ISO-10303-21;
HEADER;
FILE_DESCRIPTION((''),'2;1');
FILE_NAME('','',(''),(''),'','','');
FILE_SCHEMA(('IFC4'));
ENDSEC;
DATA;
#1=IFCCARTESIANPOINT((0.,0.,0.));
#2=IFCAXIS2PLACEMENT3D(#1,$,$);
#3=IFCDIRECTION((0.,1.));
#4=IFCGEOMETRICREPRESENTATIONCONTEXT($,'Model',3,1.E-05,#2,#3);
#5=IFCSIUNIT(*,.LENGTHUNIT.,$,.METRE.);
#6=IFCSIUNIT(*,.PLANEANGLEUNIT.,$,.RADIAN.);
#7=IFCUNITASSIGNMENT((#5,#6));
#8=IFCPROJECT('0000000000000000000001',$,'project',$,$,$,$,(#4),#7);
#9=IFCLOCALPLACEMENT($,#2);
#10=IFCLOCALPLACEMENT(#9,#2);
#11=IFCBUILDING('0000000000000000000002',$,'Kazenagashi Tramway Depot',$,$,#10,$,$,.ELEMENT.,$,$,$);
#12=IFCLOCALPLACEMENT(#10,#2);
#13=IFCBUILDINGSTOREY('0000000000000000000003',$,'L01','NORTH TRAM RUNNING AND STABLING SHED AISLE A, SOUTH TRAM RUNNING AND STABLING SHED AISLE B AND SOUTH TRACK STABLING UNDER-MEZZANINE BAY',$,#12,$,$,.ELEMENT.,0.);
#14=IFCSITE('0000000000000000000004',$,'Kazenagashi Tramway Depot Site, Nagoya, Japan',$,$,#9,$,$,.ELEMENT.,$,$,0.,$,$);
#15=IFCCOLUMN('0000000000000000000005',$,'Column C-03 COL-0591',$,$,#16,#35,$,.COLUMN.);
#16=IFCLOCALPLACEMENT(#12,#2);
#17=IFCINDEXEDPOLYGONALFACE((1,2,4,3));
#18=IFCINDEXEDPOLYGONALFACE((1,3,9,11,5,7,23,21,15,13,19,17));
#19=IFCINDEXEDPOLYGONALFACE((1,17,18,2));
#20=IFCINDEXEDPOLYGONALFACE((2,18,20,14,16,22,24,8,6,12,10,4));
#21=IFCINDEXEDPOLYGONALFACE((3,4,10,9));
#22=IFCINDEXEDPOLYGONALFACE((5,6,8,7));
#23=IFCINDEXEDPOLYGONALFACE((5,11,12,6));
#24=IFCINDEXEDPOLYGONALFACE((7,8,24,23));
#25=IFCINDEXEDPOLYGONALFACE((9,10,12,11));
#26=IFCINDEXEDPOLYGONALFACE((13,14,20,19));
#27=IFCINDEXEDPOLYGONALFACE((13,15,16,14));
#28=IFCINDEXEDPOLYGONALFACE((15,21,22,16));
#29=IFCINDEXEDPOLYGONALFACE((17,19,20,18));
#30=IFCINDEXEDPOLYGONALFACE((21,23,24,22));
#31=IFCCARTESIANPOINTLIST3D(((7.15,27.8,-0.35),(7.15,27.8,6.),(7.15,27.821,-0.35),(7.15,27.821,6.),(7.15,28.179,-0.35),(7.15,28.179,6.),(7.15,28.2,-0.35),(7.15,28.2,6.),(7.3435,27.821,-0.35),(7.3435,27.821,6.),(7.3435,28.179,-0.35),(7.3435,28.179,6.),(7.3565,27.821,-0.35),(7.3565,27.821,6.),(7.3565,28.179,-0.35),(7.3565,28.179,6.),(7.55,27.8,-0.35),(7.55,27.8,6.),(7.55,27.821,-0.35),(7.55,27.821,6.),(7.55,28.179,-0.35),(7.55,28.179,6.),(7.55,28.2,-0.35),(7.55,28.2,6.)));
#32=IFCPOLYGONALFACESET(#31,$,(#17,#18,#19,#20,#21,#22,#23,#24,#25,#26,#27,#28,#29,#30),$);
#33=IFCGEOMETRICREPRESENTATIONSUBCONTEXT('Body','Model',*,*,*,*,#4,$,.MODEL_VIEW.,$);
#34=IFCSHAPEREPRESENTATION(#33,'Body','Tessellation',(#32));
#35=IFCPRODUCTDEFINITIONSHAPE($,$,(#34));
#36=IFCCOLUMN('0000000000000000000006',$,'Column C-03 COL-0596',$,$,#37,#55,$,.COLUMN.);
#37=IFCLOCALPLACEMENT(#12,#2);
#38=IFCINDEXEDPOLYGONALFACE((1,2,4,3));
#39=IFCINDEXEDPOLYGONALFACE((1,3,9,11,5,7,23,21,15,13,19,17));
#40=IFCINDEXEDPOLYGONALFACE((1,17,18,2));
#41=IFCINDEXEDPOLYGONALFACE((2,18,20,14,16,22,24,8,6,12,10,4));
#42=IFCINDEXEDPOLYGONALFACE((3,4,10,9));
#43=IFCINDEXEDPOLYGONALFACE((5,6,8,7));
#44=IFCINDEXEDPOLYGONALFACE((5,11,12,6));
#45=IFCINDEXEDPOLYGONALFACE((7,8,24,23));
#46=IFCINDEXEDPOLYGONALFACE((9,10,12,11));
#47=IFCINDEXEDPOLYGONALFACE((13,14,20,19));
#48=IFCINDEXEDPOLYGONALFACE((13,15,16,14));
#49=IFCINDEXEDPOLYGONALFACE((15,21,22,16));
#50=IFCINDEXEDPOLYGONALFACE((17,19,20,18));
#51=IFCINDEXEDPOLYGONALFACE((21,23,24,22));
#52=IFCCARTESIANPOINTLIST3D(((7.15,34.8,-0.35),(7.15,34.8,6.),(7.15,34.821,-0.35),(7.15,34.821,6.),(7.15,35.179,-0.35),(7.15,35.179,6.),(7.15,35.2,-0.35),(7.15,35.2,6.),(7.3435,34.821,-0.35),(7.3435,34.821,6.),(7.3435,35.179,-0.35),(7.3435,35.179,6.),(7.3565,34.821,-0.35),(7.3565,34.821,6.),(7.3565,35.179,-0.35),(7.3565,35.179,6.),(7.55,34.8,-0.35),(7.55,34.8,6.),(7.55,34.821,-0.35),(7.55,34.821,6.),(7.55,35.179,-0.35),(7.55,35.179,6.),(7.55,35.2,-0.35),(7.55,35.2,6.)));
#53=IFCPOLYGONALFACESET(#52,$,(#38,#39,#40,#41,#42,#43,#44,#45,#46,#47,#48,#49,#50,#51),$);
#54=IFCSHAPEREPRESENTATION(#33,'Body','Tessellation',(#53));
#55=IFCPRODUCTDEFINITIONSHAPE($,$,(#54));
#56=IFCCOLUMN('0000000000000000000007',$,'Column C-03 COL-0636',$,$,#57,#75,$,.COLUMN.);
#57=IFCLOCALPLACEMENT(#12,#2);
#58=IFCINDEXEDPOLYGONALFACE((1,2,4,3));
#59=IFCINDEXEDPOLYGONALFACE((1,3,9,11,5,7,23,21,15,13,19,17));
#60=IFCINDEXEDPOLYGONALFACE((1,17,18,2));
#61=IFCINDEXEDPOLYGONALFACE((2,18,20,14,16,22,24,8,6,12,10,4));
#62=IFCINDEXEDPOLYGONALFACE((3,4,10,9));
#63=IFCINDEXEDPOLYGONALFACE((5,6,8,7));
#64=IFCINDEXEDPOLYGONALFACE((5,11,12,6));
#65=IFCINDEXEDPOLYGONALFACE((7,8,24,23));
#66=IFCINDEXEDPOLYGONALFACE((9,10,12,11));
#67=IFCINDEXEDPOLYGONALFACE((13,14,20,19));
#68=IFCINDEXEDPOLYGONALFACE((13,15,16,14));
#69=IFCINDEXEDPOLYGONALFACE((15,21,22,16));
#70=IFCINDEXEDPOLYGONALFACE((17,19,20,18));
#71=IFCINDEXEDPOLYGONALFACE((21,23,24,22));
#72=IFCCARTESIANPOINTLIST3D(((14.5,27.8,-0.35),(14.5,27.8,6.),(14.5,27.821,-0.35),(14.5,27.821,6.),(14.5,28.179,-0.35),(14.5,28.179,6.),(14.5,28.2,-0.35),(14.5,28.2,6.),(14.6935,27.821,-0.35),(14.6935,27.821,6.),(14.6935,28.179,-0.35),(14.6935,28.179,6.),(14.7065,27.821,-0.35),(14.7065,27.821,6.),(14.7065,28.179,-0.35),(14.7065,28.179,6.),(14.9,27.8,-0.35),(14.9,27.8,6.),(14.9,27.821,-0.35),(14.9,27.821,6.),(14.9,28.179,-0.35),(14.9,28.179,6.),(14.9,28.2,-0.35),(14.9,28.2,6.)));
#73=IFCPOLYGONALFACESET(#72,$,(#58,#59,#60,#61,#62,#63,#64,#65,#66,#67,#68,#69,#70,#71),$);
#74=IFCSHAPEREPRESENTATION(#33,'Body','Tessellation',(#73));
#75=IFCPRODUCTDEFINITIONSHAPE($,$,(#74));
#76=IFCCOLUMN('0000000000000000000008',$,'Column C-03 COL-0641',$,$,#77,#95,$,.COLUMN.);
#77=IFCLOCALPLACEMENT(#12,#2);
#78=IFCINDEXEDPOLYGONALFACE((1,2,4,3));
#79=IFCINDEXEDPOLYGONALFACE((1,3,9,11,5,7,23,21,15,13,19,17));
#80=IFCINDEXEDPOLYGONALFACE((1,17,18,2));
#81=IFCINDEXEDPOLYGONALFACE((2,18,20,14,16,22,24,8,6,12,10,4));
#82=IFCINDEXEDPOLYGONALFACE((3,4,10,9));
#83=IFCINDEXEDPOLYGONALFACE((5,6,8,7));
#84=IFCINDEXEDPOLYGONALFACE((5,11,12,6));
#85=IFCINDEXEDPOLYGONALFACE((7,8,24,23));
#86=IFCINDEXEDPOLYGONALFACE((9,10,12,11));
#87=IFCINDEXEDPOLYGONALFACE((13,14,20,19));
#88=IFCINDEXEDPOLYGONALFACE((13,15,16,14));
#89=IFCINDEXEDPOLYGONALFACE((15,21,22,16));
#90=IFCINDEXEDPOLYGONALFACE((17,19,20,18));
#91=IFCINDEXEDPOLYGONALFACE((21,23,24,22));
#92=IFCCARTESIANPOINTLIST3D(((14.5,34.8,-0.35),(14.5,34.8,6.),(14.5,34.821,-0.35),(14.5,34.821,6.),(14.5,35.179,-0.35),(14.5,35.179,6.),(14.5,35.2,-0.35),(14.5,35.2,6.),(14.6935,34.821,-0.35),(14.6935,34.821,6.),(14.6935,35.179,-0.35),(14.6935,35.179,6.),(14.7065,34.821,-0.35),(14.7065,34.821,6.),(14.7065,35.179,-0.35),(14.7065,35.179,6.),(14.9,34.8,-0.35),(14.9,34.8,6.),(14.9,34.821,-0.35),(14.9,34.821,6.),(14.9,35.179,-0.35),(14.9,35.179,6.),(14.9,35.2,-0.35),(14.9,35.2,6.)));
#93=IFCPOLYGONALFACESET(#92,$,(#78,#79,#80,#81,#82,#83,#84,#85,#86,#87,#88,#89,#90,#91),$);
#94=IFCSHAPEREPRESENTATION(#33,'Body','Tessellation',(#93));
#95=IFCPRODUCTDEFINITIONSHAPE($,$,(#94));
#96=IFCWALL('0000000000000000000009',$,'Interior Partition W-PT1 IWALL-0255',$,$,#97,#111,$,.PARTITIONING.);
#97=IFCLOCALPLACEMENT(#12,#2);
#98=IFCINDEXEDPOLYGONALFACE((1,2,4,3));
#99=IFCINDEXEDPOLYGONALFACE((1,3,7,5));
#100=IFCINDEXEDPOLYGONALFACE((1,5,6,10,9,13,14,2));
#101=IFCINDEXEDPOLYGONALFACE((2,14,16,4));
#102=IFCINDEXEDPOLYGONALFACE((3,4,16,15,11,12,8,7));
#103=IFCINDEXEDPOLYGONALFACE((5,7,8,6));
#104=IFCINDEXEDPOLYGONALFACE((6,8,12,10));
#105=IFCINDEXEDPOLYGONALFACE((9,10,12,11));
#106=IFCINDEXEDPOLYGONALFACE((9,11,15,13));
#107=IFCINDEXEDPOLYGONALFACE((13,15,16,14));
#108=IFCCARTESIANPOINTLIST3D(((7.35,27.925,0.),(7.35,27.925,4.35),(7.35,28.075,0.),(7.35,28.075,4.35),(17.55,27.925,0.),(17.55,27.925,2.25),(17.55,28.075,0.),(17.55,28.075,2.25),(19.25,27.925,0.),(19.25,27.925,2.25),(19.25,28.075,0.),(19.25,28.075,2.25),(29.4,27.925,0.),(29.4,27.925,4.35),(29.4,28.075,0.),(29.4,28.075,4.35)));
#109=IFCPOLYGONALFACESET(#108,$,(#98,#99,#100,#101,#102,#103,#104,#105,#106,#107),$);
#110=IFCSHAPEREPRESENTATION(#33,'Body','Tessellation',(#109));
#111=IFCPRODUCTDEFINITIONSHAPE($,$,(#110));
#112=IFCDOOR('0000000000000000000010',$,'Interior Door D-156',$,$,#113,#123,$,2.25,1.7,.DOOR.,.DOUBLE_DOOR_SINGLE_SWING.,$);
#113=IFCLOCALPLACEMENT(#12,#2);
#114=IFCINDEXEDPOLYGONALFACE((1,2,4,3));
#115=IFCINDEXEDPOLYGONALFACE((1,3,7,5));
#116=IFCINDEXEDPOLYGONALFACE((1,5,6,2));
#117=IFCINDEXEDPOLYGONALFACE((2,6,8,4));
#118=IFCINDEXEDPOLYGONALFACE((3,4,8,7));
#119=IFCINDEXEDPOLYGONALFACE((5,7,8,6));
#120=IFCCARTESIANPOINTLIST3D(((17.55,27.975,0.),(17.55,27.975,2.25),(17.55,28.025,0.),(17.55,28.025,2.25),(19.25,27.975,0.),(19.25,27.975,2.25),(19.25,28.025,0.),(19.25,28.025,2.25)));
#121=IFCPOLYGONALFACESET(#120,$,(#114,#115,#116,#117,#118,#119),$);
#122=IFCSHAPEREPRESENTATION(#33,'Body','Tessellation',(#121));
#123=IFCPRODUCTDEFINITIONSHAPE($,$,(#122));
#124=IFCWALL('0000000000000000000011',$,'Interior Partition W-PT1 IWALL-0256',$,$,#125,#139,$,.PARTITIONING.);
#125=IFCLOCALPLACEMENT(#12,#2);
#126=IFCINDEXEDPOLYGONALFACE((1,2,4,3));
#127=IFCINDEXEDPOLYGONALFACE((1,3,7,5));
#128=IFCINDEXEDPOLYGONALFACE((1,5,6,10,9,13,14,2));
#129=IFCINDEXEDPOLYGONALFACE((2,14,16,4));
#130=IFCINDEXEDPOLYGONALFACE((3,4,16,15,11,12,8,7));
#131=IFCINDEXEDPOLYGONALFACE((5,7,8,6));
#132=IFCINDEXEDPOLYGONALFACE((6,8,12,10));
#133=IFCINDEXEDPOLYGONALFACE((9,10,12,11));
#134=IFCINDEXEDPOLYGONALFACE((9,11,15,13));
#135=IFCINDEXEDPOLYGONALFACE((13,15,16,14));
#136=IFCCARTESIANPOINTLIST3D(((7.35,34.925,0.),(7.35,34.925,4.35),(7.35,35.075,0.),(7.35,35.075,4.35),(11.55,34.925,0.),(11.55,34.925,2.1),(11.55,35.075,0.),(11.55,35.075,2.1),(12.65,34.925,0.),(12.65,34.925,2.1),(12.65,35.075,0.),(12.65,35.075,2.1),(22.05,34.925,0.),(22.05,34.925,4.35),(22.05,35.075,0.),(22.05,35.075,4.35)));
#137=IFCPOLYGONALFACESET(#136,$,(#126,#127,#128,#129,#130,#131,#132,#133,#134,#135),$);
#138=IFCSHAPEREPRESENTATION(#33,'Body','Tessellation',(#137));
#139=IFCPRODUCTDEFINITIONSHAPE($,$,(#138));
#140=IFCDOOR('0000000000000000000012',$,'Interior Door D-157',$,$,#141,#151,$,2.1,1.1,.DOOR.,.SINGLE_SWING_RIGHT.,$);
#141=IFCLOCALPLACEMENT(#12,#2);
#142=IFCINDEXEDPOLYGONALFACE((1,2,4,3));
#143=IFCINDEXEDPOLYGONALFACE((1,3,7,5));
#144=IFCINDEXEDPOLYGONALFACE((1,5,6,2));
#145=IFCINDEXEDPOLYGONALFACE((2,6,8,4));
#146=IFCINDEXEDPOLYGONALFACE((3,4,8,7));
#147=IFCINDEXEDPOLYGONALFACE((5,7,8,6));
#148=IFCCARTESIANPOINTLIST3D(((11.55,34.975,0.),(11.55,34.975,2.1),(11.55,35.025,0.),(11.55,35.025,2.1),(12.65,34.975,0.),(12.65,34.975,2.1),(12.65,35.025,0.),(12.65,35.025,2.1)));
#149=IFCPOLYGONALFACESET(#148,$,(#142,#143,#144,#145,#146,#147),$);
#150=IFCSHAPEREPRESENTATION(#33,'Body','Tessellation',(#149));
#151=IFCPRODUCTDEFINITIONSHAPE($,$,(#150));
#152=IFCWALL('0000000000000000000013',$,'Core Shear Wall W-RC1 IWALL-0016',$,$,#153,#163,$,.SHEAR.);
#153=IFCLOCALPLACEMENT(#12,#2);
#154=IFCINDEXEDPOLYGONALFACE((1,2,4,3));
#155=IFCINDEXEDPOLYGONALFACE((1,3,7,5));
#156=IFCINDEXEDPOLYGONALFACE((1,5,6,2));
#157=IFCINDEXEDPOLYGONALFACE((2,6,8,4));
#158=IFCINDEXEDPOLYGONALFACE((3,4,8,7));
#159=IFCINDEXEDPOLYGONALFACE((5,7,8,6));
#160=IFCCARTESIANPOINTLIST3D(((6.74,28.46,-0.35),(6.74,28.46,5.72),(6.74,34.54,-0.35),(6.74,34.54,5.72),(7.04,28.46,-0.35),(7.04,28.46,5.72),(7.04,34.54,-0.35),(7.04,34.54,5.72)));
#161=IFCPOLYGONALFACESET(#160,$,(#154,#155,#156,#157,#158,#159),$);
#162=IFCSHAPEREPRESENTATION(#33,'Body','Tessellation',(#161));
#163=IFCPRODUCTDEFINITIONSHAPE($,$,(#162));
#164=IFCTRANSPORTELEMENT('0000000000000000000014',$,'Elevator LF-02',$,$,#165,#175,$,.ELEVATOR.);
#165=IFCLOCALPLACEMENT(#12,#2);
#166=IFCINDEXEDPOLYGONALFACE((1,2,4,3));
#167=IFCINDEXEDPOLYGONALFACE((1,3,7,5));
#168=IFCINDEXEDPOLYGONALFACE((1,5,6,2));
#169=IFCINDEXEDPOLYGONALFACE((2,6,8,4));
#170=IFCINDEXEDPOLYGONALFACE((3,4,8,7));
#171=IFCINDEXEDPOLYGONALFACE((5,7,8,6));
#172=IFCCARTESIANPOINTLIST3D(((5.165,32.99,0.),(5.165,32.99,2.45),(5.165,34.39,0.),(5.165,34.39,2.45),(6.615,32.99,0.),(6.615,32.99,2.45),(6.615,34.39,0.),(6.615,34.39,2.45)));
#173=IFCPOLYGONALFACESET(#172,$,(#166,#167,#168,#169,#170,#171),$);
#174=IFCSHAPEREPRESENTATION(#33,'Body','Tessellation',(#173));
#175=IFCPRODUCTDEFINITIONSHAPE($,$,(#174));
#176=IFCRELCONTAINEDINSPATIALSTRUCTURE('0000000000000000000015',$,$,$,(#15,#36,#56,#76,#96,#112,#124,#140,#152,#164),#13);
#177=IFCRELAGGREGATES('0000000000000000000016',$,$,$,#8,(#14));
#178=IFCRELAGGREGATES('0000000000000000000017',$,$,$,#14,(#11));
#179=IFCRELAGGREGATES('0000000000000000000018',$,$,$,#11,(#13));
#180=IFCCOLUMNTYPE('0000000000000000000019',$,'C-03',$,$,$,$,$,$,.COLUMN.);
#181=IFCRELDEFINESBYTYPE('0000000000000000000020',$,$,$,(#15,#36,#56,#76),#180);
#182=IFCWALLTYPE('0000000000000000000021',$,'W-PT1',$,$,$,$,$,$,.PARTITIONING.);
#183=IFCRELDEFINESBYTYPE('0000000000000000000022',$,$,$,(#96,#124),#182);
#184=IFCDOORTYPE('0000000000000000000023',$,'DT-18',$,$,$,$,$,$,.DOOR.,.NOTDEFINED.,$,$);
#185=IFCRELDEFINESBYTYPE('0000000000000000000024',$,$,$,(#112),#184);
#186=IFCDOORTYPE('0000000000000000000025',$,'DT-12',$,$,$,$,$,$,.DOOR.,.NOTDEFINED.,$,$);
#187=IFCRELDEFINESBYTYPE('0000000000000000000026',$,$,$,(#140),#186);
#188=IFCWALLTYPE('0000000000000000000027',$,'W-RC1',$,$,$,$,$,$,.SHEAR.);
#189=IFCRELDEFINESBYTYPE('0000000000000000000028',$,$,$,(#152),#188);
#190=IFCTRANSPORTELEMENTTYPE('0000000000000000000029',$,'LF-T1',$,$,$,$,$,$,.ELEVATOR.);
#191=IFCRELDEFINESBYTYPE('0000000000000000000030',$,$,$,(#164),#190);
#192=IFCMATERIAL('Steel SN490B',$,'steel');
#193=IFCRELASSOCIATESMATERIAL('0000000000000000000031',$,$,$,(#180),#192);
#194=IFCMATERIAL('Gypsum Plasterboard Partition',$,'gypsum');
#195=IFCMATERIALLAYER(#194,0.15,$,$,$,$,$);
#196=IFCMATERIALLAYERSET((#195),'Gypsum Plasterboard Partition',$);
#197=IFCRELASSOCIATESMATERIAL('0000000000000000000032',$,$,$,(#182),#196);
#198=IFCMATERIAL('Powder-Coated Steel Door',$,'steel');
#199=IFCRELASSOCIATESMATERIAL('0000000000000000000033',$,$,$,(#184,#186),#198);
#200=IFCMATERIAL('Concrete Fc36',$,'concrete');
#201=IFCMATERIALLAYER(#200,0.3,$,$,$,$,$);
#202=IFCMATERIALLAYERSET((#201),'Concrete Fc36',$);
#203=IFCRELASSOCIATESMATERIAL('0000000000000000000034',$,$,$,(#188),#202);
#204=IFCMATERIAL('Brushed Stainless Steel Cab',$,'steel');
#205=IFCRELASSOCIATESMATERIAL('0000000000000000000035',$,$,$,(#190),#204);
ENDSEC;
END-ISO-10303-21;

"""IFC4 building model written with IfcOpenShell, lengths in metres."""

from ifc_helpers import new_model, si_unit, direction, frame, frame_2d, origin, origin_2d, place, context, subcontext, project, spatial, rectangle, i_section, extrude, material, layer, layer_set, material_profile, profile_set, type_object, element, fill, save


model = new_model("IFC4")

# Units and contexts
model_context = context("Model", 3, precision=1e-05, world=origin(), true_north=direction((0.0, 1.0)))
body_context = subcontext(model_context, "Body", "Model", "MODEL_VIEW")
ifc_project = project(units=[si_unit("LENGTHUNIT", "METRE"), si_unit("PLANEANGLEUNIT", "RADIAN")], contexts=[model_context])

# Site, building, storey
site_placement = place(None, origin())
site = spatial("IfcSite", under=ifc_project, at=site_placement, Name="Kazenagashi Tramway Depot Site, Nagoya, Japan", CompositionType="ELEMENT", RefElevation=0.0)
building_placement = place(site_placement, origin())
building = spatial("IfcBuilding", under=site, at=building_placement, Name="Kazenagashi Tramway Depot", CompositionType="ELEMENT")
storey_placement = place(building_placement, origin())
storey = spatial("IfcBuildingStorey", under=building, at=storey_placement, Name="L01", Description="NORTH TRAM RUNNING AND STABLING SHED AISLE A, SOUTH TRAM RUNNING AND STABLING SHED AISLE B AND SOUTH TRACK STABLING UNDER-MEZZANINE BAY", CompositionType="ELEMENT", Elevation=0.0)

# Columns
ifc_material_1 = material(Name="Steel SN490B", Category="steel")
ifc_material_profile_1 = material_profile(ifc_material_1, i_section(OverallWidth=0.4, OverallDepth=0.4, WebThickness=0.013, FlangeThickness=0.021, at=origin_2d()), Name="H-400x400x13x21")
ifc_profile_set_1 = profile_set([ifc_material_profile_1], Name="Steel SN490B")
column_type = type_object("IfcColumnType", Name="C-03", PredefinedType="COLUMN", material=ifc_profile_set_1)
for number, where, z_axis, x_axis, name in (
    (1, (7.35, 28.0, -0.35), (0.0, 0.0, 1.0), (1.0, 0.0, 0.0), "Column C-03 COL-0591"),
    (2, (7.35, 35.0, -0.35), (0.0, 0.0, 1.0), (1.0, 0.0, 0.0), "Column C-03 COL-0596"),
    (3, (14.7, 28.0, -0.35), (0.0, 0.0, 1.0), (1.0, 0.0, 0.0), "Column C-03 COL-0636"),
    (4, (14.7, 35.0, -0.35), (0.0, 0.0, 1.0), (1.0, 0.0, 0.0), "Column C-03 COL-0641"),
):
    element("IfcColumn", number, at=place(storey_placement, frame(where, z_axis=z_axis, x_axis=x_axis)), inside=storey, type_object=column_type, Name=name, PredefinedType="COLUMN", context=body_context, shape_type="SweptSolid", body=[
        extrude(i_section(OverallWidth=0.4, OverallDepth=0.4, WebThickness=0.013, FlangeThickness=0.021, at=origin_2d()), origin(), (0.0, 0.0, 1.0), 6.35),
    ])

# Walls, openings, doors
ifc_material_2 = material(Name="Gypsum Plasterboard Partition", Category="gypsum")
ifc_layer_1 = layer(ifc_material_2, 0.15)
ifc_layer_set_1 = layer_set([ifc_layer_1], Name="Gypsum Plasterboard Partition")
wall_type_1 = type_object("IfcWallType", Name="W-PT1", PredefinedType="PARTITIONING", material=ifc_layer_set_1)
wall_1_placement = place(storey_placement, frame((7.35, 28.0, 0.0), z_axis=(0.0, 0.0, 1.0), x_axis=(1.0, 0.0, 0.0)))
wall_1 = element("IfcWall", 5, at=wall_1_placement, inside=storey, type_object=wall_type_1, Name="Interior Partition W-PT1 IWALL-0255", PredefinedType="PARTITIONING", context=body_context, shape_type="SweptSolid", body=[
    extrude(rectangle(XDim=22.05, YDim=0.15, at=frame_2d((11.025, 0.0))), origin(), (0.0, 0.0, 1.0), 4.35),
])
opening_1_placement = place(wall_1_placement, frame((10.2, 0.0, 0.0)))
opening_1 = element("IfcOpeningElement", 6, at=opening_1_placement, cuts=wall_1, PredefinedType="OPENING", context=body_context, shape_type="SweptSolid", body=[
    extrude(rectangle(XDim=1.7, YDim=2.25, at=frame_2d((0.85, 1.125))), frame((0.0, 0.085, 0.0), z_axis=(0.0, -1.0, 0.0), x_axis=(1.0, 0.0, 0.0)), (0.0, 0.0, 1.0), 0.17),
])
ifc_material_3 = material(Name="Powder-Coated Steel Door", Category="steel")
door_type_1 = type_object("IfcDoorType", Name="DT-18", OperationType="NOTDEFINED", PredefinedType="DOOR", material=ifc_material_3)
door_1_placement = place(opening_1_placement, origin())
door_1 = element("IfcDoor", 7, at=door_1_placement, inside=storey, type_object=door_type_1, Name="Interior Door D-156", OperationType="DOUBLE_DOOR_SINGLE_SWING", OverallHeight=2.25, OverallWidth=1.7, PredefinedType="DOOR", context=body_context, shape_type="SweptSolid", body=[
    extrude(rectangle(XDim=1.7, YDim=2.25, at=frame_2d((0.85, 1.125))), frame((0.0, 0.025, 0.0), z_axis=(0.0, -1.0, 0.0), x_axis=(1.0, 0.0, 0.0)), (0.0, 0.0, 1.0), 0.05),
])
fill(opening_1, door_1)
wall_2_placement = place(storey_placement, frame((7.35, 35.0, 0.0), z_axis=(0.0, 0.0, 1.0), x_axis=(1.0, 0.0, 0.0)))
wall_2 = element("IfcWall", 8, at=wall_2_placement, inside=storey, type_object=wall_type_1, Name="Interior Partition W-PT1 IWALL-0256", PredefinedType="PARTITIONING", context=body_context, shape_type="SweptSolid", body=[
    extrude(rectangle(XDim=14.7, YDim=0.15, at=frame_2d((7.35, 0.0))), origin(), (0.0, 0.0, 1.0), 4.35),
])
opening_2_placement = place(wall_2_placement, frame((4.2, 0.0, 0.0)))
opening_2 = element("IfcOpeningElement", 9, at=opening_2_placement, cuts=wall_2, PredefinedType="OPENING", context=body_context, shape_type="SweptSolid", body=[
    extrude(rectangle(XDim=1.1, YDim=2.1, at=frame_2d((0.55, 1.05))), frame((0.0, 0.085, 0.0), z_axis=(0.0, -1.0, 0.0), x_axis=(1.0, 0.0, 0.0)), (0.0, 0.0, 1.0), 0.17),
])
door_type_2 = type_object("IfcDoorType", Name="DT-12", OperationType="NOTDEFINED", PredefinedType="DOOR", material=ifc_material_3)
door_2_placement = place(opening_2_placement, origin())
door_2 = element("IfcDoor", 10, at=door_2_placement, inside=storey, type_object=door_type_2, Name="Interior Door D-157", OperationType="SINGLE_SWING_RIGHT", OverallHeight=2.1, OverallWidth=1.1, PredefinedType="DOOR", context=body_context, shape_type="SweptSolid", body=[
    extrude(rectangle(XDim=1.1, YDim=2.1, at=frame_2d((0.55, 1.05))), frame((0.0, 0.025, 0.0), z_axis=(0.0, -1.0, 0.0), x_axis=(1.0, 0.0, 0.0)), (0.0, 0.0, 1.0), 0.05),
])
fill(opening_2, door_2)

# Wall
ifc_material_4 = material(Name="Concrete Fc36", Category="concrete")
ifc_layer_2 = layer(ifc_material_4, 0.3)
ifc_layer_set_2 = layer_set([ifc_layer_2], Name="Concrete Fc36")
wall_type_2 = type_object("IfcWallType", Name="W-RC1", PredefinedType="SHEAR", material=ifc_layer_set_2)
wall_3_placement = place(storey_placement, frame((6.89, 28.46, -0.35), z_axis=(0.0, 0.0, 1.0), x_axis=(0.0, 1.0, 0.0)))
element("IfcWall", 11, at=wall_3_placement, inside=storey, type_object=wall_type_2, Name="Core Shear Wall W-RC1 IWALL-0016", PredefinedType="SHEAR", context=body_context, shape_type="SweptSolid", body=[
    extrude(rectangle(XDim=6.08, YDim=0.3, at=frame_2d((3.04, 0.0))), origin(), (0.0, 0.0, 1.0), 6.07),
])

# Transport element
ifc_material_5 = material(Name="Brushed Stainless Steel Cab", Category="steel")
transport_element_type = type_object("IfcTransportElementType", Name="LF-T1", PredefinedType="ELEVATOR", material=ifc_material_5)
transport_element_placement = place(storey_placement, frame((5.89, 33.69, 0.0), z_axis=(0.0, 0.0, 1.0), x_axis=(1.0, 0.0, 0.0)))
element("IfcTransportElement", 12, at=transport_element_placement, inside=storey, type_object=transport_element_type, Name="Elevator LF-02", PredefinedType="ELEVATOR", context=body_context, shape_type="SweptSolid", body=[
    extrude(rectangle(XDim=1.45, YDim=1.4, at=origin_2d()), origin(), (0.0, 0.0, 1.0), 2.45),
])

save(model, "model.ifc")
